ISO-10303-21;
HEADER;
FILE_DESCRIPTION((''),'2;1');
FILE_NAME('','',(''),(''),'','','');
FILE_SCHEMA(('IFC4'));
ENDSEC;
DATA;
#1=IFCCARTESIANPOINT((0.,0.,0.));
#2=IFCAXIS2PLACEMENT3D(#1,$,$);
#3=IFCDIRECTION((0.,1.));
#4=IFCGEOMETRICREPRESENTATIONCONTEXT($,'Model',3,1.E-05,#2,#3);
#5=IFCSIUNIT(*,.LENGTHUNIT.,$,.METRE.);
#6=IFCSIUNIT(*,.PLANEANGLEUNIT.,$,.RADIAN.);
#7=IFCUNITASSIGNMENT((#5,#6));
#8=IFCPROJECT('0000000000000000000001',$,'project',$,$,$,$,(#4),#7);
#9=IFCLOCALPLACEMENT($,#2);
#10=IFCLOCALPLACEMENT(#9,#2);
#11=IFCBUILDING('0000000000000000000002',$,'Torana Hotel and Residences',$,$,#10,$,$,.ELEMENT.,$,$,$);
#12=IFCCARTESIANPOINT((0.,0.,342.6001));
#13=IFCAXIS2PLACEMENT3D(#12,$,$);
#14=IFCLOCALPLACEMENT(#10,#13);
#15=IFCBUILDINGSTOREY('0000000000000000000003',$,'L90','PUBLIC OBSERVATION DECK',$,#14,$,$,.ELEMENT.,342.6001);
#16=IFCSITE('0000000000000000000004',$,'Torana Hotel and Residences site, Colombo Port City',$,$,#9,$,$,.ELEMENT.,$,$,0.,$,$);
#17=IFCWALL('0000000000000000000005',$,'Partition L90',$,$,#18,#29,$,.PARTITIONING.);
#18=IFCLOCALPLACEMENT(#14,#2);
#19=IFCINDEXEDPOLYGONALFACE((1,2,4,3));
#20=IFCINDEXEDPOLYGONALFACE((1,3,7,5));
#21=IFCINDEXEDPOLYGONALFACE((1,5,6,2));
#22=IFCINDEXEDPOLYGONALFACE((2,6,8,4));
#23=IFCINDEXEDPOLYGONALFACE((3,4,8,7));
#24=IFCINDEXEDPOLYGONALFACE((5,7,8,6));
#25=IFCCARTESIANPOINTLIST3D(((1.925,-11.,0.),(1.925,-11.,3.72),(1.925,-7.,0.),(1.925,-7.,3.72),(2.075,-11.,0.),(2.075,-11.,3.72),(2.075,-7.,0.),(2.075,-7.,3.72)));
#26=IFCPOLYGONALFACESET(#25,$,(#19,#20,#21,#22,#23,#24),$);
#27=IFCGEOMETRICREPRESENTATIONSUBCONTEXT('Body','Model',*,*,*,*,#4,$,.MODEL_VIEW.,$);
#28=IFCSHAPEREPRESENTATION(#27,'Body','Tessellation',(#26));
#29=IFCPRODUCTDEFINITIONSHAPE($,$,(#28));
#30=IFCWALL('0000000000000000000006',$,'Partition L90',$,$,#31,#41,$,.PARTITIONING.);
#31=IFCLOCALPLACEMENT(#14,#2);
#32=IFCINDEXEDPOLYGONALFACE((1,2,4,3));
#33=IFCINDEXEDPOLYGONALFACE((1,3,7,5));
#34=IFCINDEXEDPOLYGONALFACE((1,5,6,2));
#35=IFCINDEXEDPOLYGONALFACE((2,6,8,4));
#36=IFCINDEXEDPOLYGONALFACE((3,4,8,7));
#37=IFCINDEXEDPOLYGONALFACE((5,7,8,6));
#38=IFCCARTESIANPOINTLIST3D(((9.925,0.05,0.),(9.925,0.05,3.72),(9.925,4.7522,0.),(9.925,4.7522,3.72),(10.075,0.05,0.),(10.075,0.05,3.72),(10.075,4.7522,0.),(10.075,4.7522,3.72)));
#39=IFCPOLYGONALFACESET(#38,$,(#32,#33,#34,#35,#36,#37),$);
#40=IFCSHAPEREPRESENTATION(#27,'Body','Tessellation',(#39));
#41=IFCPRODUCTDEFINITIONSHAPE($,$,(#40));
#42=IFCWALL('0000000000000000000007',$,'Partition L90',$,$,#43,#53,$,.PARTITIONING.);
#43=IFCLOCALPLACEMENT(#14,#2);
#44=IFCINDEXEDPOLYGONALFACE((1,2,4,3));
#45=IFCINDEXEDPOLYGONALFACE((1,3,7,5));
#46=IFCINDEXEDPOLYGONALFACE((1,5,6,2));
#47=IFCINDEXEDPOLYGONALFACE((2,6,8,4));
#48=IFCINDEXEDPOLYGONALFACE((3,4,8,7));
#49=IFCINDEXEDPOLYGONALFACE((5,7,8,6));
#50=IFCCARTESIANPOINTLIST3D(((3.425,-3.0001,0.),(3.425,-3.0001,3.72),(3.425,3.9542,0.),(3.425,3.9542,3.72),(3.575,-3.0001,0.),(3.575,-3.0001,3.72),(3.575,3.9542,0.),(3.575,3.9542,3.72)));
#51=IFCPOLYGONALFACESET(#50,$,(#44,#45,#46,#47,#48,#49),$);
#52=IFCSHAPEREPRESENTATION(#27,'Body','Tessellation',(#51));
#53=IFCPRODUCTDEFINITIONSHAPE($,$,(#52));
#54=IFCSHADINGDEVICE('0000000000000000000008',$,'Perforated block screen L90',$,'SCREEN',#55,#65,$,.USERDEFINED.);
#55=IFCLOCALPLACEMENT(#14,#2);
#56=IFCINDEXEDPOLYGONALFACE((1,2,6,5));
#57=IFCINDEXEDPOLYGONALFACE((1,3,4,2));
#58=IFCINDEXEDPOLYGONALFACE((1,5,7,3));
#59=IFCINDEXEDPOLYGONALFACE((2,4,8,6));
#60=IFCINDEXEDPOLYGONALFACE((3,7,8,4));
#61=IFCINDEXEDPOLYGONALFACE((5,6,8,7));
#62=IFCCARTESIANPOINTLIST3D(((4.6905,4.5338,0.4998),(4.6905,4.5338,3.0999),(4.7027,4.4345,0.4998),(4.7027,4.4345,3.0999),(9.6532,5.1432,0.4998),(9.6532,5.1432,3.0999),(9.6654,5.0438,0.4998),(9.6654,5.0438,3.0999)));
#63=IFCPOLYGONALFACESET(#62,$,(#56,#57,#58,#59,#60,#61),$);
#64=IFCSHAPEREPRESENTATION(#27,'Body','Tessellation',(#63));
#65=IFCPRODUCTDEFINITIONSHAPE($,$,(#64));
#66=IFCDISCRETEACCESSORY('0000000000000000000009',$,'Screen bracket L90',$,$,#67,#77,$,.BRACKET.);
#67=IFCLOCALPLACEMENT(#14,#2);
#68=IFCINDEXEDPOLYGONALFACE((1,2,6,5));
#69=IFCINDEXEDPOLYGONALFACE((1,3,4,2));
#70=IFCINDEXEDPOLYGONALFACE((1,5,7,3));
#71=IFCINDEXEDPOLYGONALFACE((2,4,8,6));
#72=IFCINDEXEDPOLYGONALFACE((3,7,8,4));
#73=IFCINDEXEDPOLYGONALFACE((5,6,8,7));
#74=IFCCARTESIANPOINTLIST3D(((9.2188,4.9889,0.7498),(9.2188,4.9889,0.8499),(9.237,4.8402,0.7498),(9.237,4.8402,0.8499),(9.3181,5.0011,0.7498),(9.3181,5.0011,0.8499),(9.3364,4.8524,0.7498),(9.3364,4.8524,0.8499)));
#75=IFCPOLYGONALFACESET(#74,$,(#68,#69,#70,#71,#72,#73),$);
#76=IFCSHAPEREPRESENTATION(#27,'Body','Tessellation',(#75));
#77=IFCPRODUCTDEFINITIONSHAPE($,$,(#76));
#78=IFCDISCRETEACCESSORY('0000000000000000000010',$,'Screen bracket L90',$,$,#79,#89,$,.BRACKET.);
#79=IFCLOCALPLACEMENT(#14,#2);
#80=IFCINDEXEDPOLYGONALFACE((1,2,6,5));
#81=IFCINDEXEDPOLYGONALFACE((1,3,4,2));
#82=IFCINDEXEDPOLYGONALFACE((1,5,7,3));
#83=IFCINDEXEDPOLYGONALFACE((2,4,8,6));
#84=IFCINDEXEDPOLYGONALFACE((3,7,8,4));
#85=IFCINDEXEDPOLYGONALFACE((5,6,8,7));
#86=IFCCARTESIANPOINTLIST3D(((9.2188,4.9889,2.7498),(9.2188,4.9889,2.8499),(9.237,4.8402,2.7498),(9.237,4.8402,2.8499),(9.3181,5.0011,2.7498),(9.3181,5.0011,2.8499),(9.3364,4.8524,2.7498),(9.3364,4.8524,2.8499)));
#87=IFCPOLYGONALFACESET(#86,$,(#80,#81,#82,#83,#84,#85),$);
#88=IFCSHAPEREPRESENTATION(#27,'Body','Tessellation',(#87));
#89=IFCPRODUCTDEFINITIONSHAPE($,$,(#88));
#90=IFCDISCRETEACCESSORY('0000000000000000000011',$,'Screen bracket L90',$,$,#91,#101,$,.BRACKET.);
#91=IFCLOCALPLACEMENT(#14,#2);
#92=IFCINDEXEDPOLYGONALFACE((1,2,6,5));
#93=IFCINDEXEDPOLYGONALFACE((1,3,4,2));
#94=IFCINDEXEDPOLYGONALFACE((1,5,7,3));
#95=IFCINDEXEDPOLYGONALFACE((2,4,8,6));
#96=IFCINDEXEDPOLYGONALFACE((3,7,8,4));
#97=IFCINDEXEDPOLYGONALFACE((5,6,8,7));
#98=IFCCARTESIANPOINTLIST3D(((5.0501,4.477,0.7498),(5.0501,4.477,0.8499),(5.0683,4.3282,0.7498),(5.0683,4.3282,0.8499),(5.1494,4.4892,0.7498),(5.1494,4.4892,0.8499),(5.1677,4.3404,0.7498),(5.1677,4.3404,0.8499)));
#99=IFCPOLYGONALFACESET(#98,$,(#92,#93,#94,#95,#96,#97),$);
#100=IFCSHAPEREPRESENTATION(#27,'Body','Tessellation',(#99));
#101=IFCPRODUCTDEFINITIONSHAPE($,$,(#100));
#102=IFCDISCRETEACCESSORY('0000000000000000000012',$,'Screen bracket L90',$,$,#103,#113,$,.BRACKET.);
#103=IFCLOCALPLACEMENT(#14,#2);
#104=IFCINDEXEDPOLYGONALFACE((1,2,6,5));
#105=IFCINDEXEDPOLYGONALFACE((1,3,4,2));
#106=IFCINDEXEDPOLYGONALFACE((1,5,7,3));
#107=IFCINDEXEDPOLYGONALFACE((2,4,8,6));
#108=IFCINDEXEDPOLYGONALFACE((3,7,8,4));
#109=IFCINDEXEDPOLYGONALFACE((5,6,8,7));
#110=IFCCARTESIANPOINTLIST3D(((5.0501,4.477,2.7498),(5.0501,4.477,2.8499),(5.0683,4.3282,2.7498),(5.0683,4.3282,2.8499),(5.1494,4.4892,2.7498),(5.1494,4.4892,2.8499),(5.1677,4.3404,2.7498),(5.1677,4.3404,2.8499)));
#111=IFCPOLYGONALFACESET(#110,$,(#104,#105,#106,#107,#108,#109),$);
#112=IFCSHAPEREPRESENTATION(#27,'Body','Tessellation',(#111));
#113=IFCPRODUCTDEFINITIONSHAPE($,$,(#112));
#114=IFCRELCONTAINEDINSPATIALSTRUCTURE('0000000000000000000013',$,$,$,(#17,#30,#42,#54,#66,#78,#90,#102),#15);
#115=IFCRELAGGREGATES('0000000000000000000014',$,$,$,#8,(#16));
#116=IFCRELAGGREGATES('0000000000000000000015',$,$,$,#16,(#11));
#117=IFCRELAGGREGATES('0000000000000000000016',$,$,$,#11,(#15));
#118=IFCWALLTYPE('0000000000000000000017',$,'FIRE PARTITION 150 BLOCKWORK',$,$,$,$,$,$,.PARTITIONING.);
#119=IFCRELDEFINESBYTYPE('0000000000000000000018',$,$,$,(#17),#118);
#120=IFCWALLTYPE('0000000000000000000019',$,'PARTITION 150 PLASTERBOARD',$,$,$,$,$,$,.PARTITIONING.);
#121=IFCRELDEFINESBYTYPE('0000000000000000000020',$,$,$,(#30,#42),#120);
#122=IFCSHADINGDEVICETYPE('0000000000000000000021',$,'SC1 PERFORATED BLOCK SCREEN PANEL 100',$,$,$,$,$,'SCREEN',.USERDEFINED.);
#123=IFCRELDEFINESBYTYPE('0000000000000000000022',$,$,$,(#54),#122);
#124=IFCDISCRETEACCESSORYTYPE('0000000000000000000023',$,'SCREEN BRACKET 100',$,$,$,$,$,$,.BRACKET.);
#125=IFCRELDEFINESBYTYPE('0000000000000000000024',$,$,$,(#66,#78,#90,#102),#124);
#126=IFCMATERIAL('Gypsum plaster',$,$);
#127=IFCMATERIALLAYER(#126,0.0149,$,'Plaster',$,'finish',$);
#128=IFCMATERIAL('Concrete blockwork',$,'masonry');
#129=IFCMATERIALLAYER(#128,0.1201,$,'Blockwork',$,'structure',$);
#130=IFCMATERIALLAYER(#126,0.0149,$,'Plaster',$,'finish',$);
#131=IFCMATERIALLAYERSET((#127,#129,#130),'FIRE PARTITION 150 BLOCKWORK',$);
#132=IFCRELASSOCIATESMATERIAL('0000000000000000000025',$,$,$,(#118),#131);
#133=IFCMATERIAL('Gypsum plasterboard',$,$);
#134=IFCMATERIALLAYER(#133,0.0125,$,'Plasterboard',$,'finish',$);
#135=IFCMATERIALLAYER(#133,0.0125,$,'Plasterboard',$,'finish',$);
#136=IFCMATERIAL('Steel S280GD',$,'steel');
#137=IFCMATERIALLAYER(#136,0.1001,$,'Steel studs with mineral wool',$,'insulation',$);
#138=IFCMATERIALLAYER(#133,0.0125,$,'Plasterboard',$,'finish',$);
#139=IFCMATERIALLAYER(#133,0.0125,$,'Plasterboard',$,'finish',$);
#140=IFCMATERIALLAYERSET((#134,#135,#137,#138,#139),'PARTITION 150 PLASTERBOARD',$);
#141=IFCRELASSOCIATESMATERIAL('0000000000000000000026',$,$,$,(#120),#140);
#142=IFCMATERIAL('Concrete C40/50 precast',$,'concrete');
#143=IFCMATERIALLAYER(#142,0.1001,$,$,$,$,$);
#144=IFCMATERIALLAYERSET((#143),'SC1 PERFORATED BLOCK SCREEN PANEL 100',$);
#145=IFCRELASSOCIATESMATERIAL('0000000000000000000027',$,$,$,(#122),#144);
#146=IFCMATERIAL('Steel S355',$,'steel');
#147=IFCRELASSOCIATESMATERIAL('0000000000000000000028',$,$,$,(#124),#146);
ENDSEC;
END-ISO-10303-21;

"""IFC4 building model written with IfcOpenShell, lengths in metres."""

from ifc_helpers import new_model, si_unit, direction, frame, frame_2d, origin, origin_2d, place, context, subcontext, project, spatial, rectangle, extrude, material, layer, layer_set, type_object, element, save


model = new_model("IFC4")

# Units and contexts
model_context = context("Model", 3, precision=1e-05, world=origin(), true_north=direction((0.0, 1.0)))
body_context = subcontext(model_context, "Body", "Model", "MODEL_VIEW")
ifc_project = project(units=[si_unit("LENGTHUNIT", "METRE"), si_unit("PLANEANGLEUNIT", "RADIAN")], contexts=[model_context])

# Site, building, storey
site_placement = place(None, origin())
site = spatial("IfcSite", under=ifc_project, at=site_placement, Name="Torana Hotel and Residences site, Colombo Port City", CompositionType="ELEMENT", RefElevation=0.0)
building_placement = place(site_placement, origin())
building = spatial("IfcBuilding", under=site, at=building_placement, Name="Torana Hotel and Residences", CompositionType="ELEMENT")
storey_placement = place(building_placement, frame((0.0, 0.0, 342.6001)))
storey = spatial("IfcBuildingStorey", under=building, at=storey_placement, Name="L90", Description="PUBLIC OBSERVATION DECK", CompositionType="ELEMENT", Elevation=342.6001)

# Walls
ifc_material_1 = material(Name="Gypsum plaster")
ifc_layer_1 = layer(ifc_material_1, 0.0149, Name="Plaster", Category="finish")
ifc_material_2 = material(Name="Concrete blockwork", Category="masonry")
ifc_layer_2 = layer(ifc_material_2, 0.1201, Name="Blockwork", Category="structure")
ifc_layer_3 = layer(ifc_material_1, 0.0149, Name="Plaster", Category="finish")
ifc_layer_set_1 = layer_set([ifc_layer_1, ifc_layer_2, ifc_layer_3], Name="FIRE PARTITION 150 BLOCKWORK")
wall_type_1 = type_object("IfcWallType", Name="FIRE PARTITION 150 BLOCKWORK", PredefinedType="PARTITIONING", material=ifc_layer_set_1)
wall_1_placement = place(storey_placement, frame((2.0, -11.0, 0.0), z_axis=(0.0, 0.0, 1.0), x_axis=(0.0, 1.0, 0.0)))
element("IfcWall", 1, at=wall_1_placement, inside=storey, type_object=wall_type_1, Name="Partition L90", PredefinedType="PARTITIONING", context=body_context, shape_type="SweptSolid", body=[
    extrude(rectangle(XDim=4.0, YDim=0.1499, at=frame_2d((2.0, 0.0))), origin(), (0.0, 0.0, 1.0), 3.72),
])
ifc_material_3 = material(Name="Gypsum plasterboard")
ifc_layer_4 = layer(ifc_material_3, 0.0125, Name="Plasterboard", Category="finish")
ifc_layer_5 = layer(ifc_material_3, 0.0125, Name="Plasterboard", Category="finish")
ifc_material_4 = material(Name="Steel S280GD", Category="steel")
ifc_layer_6 = layer(ifc_material_4, 0.1001, Name="Steel studs with mineral wool", Category="insulation")
ifc_layer_7 = layer(ifc_material_3, 0.0125, Name="Plasterboard", Category="finish")
ifc_layer_8 = layer(ifc_material_3, 0.0125, Name="Plasterboard", Category="finish")
ifc_layer_set_2 = layer_set([ifc_layer_4, ifc_layer_5, ifc_layer_6, ifc_layer_7, ifc_layer_8], Name="PARTITION 150 PLASTERBOARD")
wall_type_2 = type_object("IfcWallType", Name="PARTITION 150 PLASTERBOARD", PredefinedType="PARTITIONING", material=ifc_layer_set_2)
wall_2_placement = place(storey_placement, frame((10.0, 0.05, 0.0), z_axis=(0.0, 0.0, 1.0), x_axis=(0.0, 1.0, 0.0)))
element("IfcWall", 2, at=wall_2_placement, inside=storey, type_object=wall_type_2, Name="Partition L90", PredefinedType="PARTITIONING", context=body_context, shape_type="SweptSolid", body=[
    extrude(rectangle(XDim=4.7021, YDim=0.1499, at=frame_2d((2.3511, 0.0))), origin(), (0.0, 0.0, 1.0), 3.72),
])
wall_3_placement = place(storey_placement, frame((3.5, -3.0, 0.0), z_axis=(0.0, 0.0, 1.0), x_axis=(0.0, 1.0, 0.0)))
element("IfcWall", 3, at=wall_3_placement, inside=storey, type_object=wall_type_2, Name="Partition L90", PredefinedType="PARTITIONING", context=body_context, shape_type="SweptSolid", body=[
    extrude(rectangle(XDim=6.9543, YDim=0.1499, at=frame_2d((3.4771, 0.0))), origin(), (0.0, 0.0, 1.0), 3.72),
])

# Shading device
ifc_material_5 = material(Name="Concrete C40/50 precast", Category="concrete")
ifc_layer_9 = layer(ifc_material_5, 0.1001)
ifc_layer_set_3 = layer_set([ifc_layer_9], Name="SC1 PERFORATED BLOCK SCREEN PANEL 100")
shading_device_type = type_object("IfcShadingDeviceType", Name="SC1 PERFORATED BLOCK SCREEN PANEL 100", ElementType="SCREEN", PredefinedType="USERDEFINED", material=ifc_layer_set_3)
shading_device_placement = place(storey_placement, frame((7.178, 4.7888, 0.4998), z_axis=(0.0, 0.0, 1.0), x_axis=(-0.992547, -0.121866, 0.0)))
element("IfcShadingDevice", 4, at=shading_device_placement, inside=storey, type_object=shading_device_type, Name="Perforated block screen L90", ObjectType="SCREEN", PredefinedType="USERDEFINED", context=body_context, shape_type="SweptSolid", body=[
    extrude(rectangle(XDim=5.0, YDim=0.1001, at=origin_2d()), origin(), (0.0, 0.0, 1.0), 2.6001),
])

# Discrete accessories
ifc_material_6 = material(Name="Steel S355", Category="steel")
discrete_accessory_type = type_object("IfcDiscreteAccessoryType", Name="SCREEN BRACKET 100", PredefinedType="BRACKET", material=ifc_material_6)
for number, where, z_axis, x_axis, name in (
    (5, (9.2776, 4.9207, 0.7498), (0.0, 0.0, 1.0), (-0.992547, -0.121866, 0.0), "Screen bracket L90"),
    (6, (9.2776, 4.9207, 2.7498), (0.0, 0.0, 1.0), (-0.992547, -0.121866, 0.0), "Screen bracket L90"),
    (7, (5.1089, 4.4087, 0.7498), (0.0, 0.0, 1.0), (-0.992547, -0.121866, 0.0), "Screen bracket L90"),
    (8, (5.1089, 4.4087, 2.7498), (0.0, 0.0, 1.0), (-0.992547, -0.121866, 0.0), "Screen bracket L90"),
):
    element("IfcDiscreteAccessory", number, at=place(storey_placement, frame(where, z_axis=z_axis, x_axis=x_axis)), inside=storey, type_object=discrete_accessory_type, Name=name, PredefinedType="BRACKET", context=body_context, shape_type="SweptSolid", body=[
        extrude(rectangle(XDim=0.1001, YDim=0.1499, at=origin_2d()), origin(), (0.0, 0.0, 1.0), 0.1001),
    ])

save(model, "model.ifc")
